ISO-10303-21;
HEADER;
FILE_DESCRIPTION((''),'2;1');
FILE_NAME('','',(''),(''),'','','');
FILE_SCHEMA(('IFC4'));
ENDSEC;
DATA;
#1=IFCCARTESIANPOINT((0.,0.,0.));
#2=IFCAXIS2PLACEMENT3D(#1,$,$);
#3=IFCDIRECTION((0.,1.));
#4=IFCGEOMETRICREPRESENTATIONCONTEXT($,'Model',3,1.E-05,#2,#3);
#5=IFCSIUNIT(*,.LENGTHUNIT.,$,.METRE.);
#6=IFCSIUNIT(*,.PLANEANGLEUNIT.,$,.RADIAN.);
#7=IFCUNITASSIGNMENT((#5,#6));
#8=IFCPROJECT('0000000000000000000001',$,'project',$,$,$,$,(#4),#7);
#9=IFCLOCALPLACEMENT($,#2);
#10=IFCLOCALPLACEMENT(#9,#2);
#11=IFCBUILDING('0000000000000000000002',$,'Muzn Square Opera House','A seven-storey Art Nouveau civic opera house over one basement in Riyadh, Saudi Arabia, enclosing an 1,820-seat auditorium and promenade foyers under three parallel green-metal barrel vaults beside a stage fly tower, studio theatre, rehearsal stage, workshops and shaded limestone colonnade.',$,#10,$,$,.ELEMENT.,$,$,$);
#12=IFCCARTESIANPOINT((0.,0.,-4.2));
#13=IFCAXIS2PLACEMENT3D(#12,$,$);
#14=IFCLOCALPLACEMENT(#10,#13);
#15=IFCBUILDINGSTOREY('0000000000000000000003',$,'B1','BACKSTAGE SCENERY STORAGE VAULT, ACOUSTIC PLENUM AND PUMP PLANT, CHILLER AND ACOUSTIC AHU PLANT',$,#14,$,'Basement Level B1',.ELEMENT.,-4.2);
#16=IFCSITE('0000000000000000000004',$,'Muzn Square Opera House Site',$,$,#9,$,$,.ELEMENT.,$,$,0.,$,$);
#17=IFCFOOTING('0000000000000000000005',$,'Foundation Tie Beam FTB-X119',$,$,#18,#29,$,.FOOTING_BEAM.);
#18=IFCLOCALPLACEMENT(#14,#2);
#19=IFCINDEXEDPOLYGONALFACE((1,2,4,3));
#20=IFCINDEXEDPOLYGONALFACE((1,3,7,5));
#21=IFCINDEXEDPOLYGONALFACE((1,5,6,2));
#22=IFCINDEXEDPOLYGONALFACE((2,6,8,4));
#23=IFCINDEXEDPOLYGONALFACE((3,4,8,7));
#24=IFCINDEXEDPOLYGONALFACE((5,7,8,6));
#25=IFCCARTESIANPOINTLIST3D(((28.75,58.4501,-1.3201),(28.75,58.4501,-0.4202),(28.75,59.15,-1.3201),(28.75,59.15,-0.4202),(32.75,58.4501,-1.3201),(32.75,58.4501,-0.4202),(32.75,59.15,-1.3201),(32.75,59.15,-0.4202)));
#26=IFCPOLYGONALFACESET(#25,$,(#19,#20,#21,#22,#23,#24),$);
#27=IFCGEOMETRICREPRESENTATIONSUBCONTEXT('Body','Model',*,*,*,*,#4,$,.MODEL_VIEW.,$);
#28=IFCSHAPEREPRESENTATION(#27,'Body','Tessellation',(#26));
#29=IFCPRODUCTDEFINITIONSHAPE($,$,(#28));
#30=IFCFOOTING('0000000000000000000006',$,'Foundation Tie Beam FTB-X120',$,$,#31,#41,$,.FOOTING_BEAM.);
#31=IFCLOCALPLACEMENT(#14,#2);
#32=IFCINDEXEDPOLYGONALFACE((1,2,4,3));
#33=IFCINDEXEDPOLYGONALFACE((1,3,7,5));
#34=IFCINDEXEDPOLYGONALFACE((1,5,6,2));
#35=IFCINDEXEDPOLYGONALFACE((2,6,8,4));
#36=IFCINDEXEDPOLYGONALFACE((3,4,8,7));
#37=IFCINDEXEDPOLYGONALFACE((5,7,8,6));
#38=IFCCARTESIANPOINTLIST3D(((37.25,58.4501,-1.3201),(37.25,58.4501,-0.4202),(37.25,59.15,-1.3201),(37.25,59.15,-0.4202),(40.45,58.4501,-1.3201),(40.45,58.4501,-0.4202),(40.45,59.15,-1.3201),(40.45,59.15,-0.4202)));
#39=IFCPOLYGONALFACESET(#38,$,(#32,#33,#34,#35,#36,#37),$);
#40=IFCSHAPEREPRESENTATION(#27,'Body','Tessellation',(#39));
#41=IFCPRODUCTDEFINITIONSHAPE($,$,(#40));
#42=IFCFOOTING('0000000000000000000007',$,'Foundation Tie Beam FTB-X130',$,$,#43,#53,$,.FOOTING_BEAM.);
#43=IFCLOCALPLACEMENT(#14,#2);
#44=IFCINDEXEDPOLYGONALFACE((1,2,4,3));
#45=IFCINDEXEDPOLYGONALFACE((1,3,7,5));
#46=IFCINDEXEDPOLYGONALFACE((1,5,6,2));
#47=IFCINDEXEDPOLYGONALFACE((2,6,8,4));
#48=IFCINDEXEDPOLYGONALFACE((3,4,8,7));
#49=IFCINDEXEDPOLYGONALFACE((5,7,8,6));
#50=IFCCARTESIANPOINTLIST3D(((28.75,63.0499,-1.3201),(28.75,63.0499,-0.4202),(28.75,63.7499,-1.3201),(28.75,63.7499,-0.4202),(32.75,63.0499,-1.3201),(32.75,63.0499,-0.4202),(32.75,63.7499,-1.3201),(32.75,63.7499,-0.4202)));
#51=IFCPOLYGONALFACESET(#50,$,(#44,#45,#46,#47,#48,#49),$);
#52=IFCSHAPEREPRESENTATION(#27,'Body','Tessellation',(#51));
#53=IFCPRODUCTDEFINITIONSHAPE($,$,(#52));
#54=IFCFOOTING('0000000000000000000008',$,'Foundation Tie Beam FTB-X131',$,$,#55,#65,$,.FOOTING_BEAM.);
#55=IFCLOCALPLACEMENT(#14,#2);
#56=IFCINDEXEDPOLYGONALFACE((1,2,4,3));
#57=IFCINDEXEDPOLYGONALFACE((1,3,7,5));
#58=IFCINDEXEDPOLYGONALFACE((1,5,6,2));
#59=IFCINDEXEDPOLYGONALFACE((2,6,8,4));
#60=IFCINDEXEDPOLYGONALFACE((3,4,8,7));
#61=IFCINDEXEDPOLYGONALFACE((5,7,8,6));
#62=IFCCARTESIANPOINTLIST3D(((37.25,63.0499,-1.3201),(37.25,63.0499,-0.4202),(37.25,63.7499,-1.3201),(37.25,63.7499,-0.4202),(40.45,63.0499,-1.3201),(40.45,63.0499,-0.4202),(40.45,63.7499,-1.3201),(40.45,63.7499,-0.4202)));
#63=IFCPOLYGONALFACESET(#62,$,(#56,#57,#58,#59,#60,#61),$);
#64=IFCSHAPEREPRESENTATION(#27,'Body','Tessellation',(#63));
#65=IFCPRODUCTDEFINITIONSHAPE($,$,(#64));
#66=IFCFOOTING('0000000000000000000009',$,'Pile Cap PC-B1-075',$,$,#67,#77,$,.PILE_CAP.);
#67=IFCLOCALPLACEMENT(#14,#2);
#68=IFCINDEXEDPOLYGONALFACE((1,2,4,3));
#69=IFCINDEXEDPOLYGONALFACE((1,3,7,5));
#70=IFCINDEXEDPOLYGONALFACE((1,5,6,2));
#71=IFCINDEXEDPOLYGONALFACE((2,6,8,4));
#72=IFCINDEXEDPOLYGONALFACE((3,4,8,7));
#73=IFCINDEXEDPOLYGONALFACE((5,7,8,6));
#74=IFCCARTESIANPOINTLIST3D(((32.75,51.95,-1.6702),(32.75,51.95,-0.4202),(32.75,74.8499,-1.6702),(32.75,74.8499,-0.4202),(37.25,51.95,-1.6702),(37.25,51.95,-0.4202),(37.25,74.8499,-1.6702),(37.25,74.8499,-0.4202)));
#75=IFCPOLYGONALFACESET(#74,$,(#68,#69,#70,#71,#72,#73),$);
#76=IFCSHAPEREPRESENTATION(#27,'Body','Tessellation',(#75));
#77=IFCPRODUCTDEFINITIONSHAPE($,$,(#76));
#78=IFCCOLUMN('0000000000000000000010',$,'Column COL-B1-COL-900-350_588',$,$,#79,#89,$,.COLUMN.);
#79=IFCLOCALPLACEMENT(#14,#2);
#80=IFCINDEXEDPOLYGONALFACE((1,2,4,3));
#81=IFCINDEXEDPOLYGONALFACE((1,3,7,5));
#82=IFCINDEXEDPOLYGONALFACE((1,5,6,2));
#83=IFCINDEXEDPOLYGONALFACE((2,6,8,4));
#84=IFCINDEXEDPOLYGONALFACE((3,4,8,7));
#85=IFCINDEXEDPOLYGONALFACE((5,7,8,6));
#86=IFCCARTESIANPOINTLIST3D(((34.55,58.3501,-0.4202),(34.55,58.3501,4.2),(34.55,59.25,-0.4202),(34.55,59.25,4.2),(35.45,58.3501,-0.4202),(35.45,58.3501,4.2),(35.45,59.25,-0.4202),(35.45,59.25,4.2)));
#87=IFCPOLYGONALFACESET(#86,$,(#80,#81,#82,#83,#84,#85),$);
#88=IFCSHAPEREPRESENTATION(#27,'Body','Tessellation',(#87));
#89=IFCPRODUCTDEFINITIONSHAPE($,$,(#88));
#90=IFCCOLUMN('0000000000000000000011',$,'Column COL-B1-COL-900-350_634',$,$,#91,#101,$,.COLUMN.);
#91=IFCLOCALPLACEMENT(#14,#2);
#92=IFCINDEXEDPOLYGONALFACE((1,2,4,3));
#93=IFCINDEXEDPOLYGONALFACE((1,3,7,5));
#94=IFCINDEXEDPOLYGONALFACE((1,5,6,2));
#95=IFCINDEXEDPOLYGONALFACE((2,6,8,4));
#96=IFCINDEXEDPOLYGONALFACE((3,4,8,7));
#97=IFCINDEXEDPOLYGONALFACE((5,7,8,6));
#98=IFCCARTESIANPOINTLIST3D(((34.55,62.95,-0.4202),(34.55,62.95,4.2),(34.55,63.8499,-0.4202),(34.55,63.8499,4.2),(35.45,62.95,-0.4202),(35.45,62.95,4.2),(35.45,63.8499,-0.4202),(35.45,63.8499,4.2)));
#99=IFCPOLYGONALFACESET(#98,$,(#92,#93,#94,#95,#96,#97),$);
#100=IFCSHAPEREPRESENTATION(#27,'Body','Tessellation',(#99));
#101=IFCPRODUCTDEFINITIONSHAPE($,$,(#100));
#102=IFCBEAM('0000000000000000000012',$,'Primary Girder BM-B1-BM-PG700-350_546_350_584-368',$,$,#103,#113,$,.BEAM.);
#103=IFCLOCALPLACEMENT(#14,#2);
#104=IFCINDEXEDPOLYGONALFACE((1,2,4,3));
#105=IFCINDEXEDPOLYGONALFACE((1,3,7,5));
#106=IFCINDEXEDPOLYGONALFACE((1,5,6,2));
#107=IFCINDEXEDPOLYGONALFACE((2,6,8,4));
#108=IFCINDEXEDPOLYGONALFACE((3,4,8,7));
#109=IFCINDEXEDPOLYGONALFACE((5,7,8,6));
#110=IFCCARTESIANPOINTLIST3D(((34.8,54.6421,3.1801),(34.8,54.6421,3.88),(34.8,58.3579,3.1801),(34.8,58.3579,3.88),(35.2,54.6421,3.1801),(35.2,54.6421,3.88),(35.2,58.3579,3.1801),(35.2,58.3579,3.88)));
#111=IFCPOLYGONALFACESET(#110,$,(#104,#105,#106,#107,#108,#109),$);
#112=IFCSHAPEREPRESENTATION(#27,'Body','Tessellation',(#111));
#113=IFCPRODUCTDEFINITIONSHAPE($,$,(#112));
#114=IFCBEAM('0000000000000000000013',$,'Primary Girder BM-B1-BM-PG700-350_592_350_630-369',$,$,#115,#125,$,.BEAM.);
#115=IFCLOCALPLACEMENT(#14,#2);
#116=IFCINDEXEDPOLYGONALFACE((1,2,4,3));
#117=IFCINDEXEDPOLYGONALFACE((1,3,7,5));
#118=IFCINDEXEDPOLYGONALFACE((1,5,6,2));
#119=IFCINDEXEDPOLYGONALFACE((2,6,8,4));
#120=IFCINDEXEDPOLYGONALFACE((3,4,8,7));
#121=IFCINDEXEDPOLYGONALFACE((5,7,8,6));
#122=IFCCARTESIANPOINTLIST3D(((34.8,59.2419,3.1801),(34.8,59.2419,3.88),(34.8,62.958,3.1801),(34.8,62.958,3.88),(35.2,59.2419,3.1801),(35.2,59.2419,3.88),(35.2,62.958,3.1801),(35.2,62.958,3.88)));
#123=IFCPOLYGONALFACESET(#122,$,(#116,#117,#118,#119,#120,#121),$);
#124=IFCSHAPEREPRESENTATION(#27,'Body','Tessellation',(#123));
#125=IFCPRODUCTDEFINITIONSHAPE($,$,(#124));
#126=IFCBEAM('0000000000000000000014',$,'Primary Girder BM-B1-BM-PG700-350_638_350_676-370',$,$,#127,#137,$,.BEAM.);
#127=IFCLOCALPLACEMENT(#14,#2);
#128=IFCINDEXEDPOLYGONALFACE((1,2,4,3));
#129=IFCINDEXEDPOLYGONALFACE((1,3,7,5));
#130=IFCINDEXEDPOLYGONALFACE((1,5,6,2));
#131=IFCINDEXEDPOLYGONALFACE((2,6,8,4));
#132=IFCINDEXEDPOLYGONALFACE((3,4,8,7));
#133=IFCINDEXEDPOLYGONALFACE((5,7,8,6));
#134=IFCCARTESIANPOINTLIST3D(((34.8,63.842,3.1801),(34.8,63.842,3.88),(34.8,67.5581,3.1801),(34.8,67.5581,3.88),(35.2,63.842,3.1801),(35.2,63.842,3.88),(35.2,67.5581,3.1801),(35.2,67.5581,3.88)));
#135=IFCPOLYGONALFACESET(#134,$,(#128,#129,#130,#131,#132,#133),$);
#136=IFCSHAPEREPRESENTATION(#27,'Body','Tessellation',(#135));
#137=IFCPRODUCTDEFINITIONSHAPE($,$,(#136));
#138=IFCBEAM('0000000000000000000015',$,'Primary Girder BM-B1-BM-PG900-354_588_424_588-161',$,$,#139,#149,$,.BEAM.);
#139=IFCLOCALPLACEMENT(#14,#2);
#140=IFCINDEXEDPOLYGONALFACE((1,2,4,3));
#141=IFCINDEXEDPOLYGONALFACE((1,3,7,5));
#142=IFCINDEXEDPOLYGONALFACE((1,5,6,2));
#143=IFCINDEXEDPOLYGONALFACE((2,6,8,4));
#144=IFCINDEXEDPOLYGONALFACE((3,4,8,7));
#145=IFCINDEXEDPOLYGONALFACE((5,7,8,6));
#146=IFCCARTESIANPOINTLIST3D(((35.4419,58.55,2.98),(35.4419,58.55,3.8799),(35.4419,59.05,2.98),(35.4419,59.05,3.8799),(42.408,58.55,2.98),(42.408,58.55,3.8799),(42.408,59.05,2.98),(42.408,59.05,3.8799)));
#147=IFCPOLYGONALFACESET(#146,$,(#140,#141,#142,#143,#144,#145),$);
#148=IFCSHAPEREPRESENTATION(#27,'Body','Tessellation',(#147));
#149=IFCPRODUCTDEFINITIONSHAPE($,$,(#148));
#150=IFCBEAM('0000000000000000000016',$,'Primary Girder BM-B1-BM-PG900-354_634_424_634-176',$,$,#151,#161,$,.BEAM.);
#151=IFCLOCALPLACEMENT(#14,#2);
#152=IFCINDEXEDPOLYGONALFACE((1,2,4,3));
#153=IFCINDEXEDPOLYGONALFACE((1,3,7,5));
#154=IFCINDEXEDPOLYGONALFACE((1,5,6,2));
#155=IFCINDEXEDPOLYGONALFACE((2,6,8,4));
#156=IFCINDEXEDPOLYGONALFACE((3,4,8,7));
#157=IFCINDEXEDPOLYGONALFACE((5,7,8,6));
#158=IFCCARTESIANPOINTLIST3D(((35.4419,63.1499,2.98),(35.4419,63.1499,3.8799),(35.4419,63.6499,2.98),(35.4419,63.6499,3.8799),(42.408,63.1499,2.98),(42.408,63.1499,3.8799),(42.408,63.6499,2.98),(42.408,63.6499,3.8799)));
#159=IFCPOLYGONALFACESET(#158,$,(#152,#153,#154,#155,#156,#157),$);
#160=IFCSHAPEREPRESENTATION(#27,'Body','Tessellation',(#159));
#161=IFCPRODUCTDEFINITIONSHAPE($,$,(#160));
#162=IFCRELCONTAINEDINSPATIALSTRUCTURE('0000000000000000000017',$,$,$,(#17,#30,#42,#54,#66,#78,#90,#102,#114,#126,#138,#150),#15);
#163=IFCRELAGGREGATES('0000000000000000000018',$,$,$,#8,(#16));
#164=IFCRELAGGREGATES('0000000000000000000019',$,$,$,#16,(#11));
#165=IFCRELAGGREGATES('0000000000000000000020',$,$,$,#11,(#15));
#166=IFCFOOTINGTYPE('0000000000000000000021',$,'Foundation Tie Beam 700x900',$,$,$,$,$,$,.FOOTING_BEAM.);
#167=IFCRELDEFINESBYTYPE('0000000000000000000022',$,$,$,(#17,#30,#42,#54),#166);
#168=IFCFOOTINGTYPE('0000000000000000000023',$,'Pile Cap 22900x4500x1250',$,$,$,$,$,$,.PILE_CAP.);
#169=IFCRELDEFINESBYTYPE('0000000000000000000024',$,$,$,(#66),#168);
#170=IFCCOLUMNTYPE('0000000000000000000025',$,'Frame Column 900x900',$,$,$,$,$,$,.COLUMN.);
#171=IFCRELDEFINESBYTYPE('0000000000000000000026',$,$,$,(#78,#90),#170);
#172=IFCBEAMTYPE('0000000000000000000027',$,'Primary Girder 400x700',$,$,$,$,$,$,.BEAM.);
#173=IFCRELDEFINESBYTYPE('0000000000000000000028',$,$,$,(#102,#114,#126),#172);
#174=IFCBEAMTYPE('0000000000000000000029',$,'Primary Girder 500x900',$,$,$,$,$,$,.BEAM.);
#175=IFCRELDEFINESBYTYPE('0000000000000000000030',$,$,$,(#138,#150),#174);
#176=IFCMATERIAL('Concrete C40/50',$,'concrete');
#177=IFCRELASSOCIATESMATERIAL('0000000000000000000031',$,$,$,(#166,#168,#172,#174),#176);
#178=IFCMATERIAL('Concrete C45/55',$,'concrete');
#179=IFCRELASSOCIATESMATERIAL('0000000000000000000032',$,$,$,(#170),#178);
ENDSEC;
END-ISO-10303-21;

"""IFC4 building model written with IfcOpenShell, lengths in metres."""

from ifc_helpers import new_model, si_unit, direction, frame, origin, origin_2d, place, context, subcontext, project, spatial, rectangle, extrude, material, material_profile, profile_set, type_object, element, save


model = new_model("IFC4")

# Units and contexts
model_context = context("Model", 3, precision=1e-05, world=origin(), true_north=direction((0.0, 1.0)))
body_context = subcontext(model_context, "Body", "Model", "MODEL_VIEW")
ifc_project = project(units=[si_unit("LENGTHUNIT", "METRE"), si_unit("PLANEANGLEUNIT", "RADIAN")], contexts=[model_context])

# Site, building, storey
site_placement = place(None, origin())
site = spatial("IfcSite", under=ifc_project, at=site_placement, Name="Muzn Square Opera House Site", CompositionType="ELEMENT", RefElevation=0.0)
building_placement = place(site_placement, origin())
building = spatial("IfcBuilding", under=site, at=building_placement, Name="Muzn Square Opera House", Description="A seven-storey Art Nouveau civic opera house over one basement in Riyadh, Saudi Arabia, enclosing an 1,820-seat auditorium and promenade foyers under three parallel green-metal barrel vaults beside a stage fly tower, studio theatre, rehearsal stage, workshops and shaded limestone colonnade.", CompositionType="ELEMENT")
storey_placement = place(building_placement, frame((0.0, 0.0, -4.2)))
storey = spatial("IfcBuildingStorey", under=building, at=storey_placement, Name="B1", Description="BACKSTAGE SCENERY STORAGE VAULT, ACOUSTIC PLENUM AND PUMP PLANT, CHILLER AND ACOUSTIC AHU PLANT", LongName="Basement Level B1", CompositionType="ELEMENT", Elevation=-4.2)

# Shared definitions
ifc_material_1 = material(Name="Concrete C40/50", Category="concrete")

# Footings
ifc_material_profile_1 = material_profile(ifc_material_1, rectangle(XDim=0.7, YDim=0.8999, at=origin_2d()), Name="RCTB 700x900", Category="concrete")
ifc_profile_set_1 = profile_set([ifc_material_profile_1], Name="Concrete C40/50")
footing_type_1 = type_object("IfcFootingType", Name="Foundation Tie Beam 700x900", PredefinedType="FOOTING_BEAM", material=ifc_profile_set_1)
footing_1_placement = place(storey_placement, frame((28.75, 58.8, -0.8701), z_axis=(1.0, 0.0, 0.0), x_axis=(0.0, 1.0, 0.0)))
element("IfcFooting", 1, at=footing_1_placement, inside=storey, type_object=footing_type_1, Name="Foundation Tie Beam FTB-X119", PredefinedType="FOOTING_BEAM", context=body_context, shape_type="SweptSolid", body=[
    extrude(rectangle(XDim=0.7, YDim=0.8999, at=origin_2d()), origin(), (0.0, 0.0, 1.0), 4.0),
])
footing_2_placement = place(storey_placement, frame((37.25, 58.8, -0.8701), z_axis=(1.0, 0.0, 0.0), x_axis=(0.0, 1.0, 0.0)))
element("IfcFooting", 2, at=footing_2_placement, inside=storey, type_object=footing_type_1, Name="Foundation Tie Beam FTB-X120", PredefinedType="FOOTING_BEAM", context=body_context, shape_type="SweptSolid", body=[
    extrude(rectangle(XDim=0.7, YDim=0.8999, at=origin_2d()), origin(), (0.0, 0.0, 1.0), 3.2),
])
footing_3_placement = place(storey_placement, frame((28.75, 63.3999, -0.8701), z_axis=(1.0, 0.0, 0.0), x_axis=(0.0, 1.0, 0.0)))
element("IfcFooting", 3, at=footing_3_placement, inside=storey, type_object=footing_type_1, Name="Foundation Tie Beam FTB-X130", PredefinedType="FOOTING_BEAM", context=body_context, shape_type="SweptSolid", body=[
    extrude(rectangle(XDim=0.7, YDim=0.8999, at=origin_2d()), origin(), (0.0, 0.0, 1.0), 4.0),
])
footing_4_placement = place(storey_placement, frame((37.25, 63.3999, -0.8701), z_axis=(1.0, 0.0, 0.0), x_axis=(0.0, 1.0, 0.0)))
element("IfcFooting", 4, at=footing_4_placement, inside=storey, type_object=footing_type_1, Name="Foundation Tie Beam FTB-X131", PredefinedType="FOOTING_BEAM", context=body_context, shape_type="SweptSolid", body=[
    extrude(rectangle(XDim=0.7, YDim=0.8999, at=origin_2d()), origin(), (0.0, 0.0, 1.0), 3.2),
])
footing_type_2 = type_object("IfcFootingType", Name="Pile Cap 22900x4500x1250", PredefinedType="PILE_CAP", material=ifc_material_1)
footing_5_placement = place(storey_placement, frame((35.0, 63.3999, -1.6702), z_axis=(0.0, 0.0, 1.0), x_axis=(1.0, 0.0, 0.0)))
element("IfcFooting", 5, at=footing_5_placement, inside=storey, type_object=footing_type_2, Name="Pile Cap PC-B1-075", PredefinedType="PILE_CAP", context=body_context, shape_type="SweptSolid", body=[
    extrude(rectangle(XDim=4.5, YDim=22.8999, at=origin_2d()), origin(), (0.0, 0.0, 1.0), 1.25),
])

# Columns
ifc_material_2 = material(Name="Concrete C45/55", Category="concrete")
ifc_material_profile_2 = material_profile(ifc_material_2, rectangle(XDim=0.8999, YDim=0.8999, at=origin_2d()), Name="RC 900x900", Category="concrete")
ifc_profile_set_2 = profile_set([ifc_material_profile_2], Name="Concrete C45/55")
column_type = type_object("IfcColumnType", Name="Frame Column 900x900", PredefinedType="COLUMN", material=ifc_profile_set_2)
for number, where, z_axis, x_axis, name in (
    (6, (35.0, 58.8, -0.4202), (0.0, 0.0, 1.0), (1.0, 0.0, 0.0), "Column COL-B1-COL-900-350_588"),
    (7, (35.0, 63.3999, -0.4202), (0.0, 0.0, 1.0), (1.0, 0.0, 0.0), "Column COL-B1-COL-900-350_634"),
):
    element("IfcColumn", number, at=place(storey_placement, frame(where, z_axis=z_axis, x_axis=x_axis)), inside=storey, type_object=column_type, Name=name, PredefinedType="COLUMN", context=body_context, shape_type="SweptSolid", body=[
        extrude(rectangle(XDim=0.8999, YDim=0.8999, at=origin_2d()), origin(), (0.0, 0.0, 1.0), 4.6201),
    ])

# Beams
ifc_material_profile_3 = material_profile(ifc_material_1, rectangle(XDim=0.3999, YDim=0.7, at=origin_2d()), Name="RCB 400x700", Category="concrete")
ifc_profile_set_3 = profile_set([ifc_material_profile_3], Name="Concrete C40/50")
beam_type_1 = type_object("IfcBeamType", Name="Primary Girder 400x700", PredefinedType="BEAM", material=ifc_profile_set_3)
beam_placement = place(storey_placement, frame((35.0, 54.6421, 3.53), z_axis=(0.0, 1.0, 0.0), x_axis=(-1.0, 0.0, 0.0)))
element("IfcBeam", 8, at=beam_placement, inside=storey, type_object=beam_type_1, Name="Primary Girder BM-B1-BM-PG700-350_546_350_584-368", PredefinedType="BEAM", context=body_context, shape_type="SweptSolid", body=[
    extrude(rectangle(XDim=0.3999, YDim=0.7, at=origin_2d()), origin(), (0.0, 0.0, 1.0), 3.7158),
])
for number, where, z_axis, x_axis, name in (
    (9, (35.0, 59.2419, 3.53), (0.0, 1.0, 0.0), (-1.0, 0.0, 0.0), "Primary Girder BM-B1-BM-PG700-350_592_350_630-369"),
    (10, (35.0, 63.842, 3.53), (0.0, 1.0, 0.0), (-1.0, 0.0, 0.0), "Primary Girder BM-B1-BM-PG700-350_638_350_676-370"),
):
    element("IfcBeam", number, at=place(storey_placement, frame(where, z_axis=z_axis, x_axis=x_axis)), inside=storey, type_object=beam_type_1, Name=name, PredefinedType="BEAM", context=body_context, shape_type="SweptSolid", body=[
        extrude(rectangle(XDim=0.3999, YDim=0.7, at=origin_2d()), origin(), (0.0, 0.0, 1.0), 3.7161),
    ])
ifc_material_profile_4 = material_profile(ifc_material_1, rectangle(XDim=0.5, YDim=0.8999, at=origin_2d()), Name="RCB 500x900", Category="concrete")
ifc_profile_set_4 = profile_set([ifc_material_profile_4], Name="Concrete C40/50")
beam_type_2 = type_object("IfcBeamType", Name="Primary Girder 500x900", PredefinedType="BEAM", material=ifc_profile_set_4)
for number, where, z_axis, x_axis, name in (
    (11, (35.4419, 58.8, 3.4299), (1.0, 0.0, 0.0), (0.0, 1.0, 0.0), "Primary Girder BM-B1-BM-PG900-354_588_424_588-161"),
    (12, (35.4419, 63.3999, 3.4299), (1.0, 0.0, 0.0), (0.0, 1.0, 0.0), "Primary Girder BM-B1-BM-PG900-354_634_424_634-176"),
):
    element("IfcBeam", number, at=place(storey_placement, frame(where, z_axis=z_axis, x_axis=x_axis)), inside=storey, type_object=beam_type_2, Name=name, PredefinedType="BEAM", context=body_context, shape_type="SweptSolid", body=[
        extrude(rectangle(XDim=0.5, YDim=0.8999, at=origin_2d()), origin(), (0.0, 0.0, 1.0), 6.9661),
    ])

save(model, "model.ifc")
